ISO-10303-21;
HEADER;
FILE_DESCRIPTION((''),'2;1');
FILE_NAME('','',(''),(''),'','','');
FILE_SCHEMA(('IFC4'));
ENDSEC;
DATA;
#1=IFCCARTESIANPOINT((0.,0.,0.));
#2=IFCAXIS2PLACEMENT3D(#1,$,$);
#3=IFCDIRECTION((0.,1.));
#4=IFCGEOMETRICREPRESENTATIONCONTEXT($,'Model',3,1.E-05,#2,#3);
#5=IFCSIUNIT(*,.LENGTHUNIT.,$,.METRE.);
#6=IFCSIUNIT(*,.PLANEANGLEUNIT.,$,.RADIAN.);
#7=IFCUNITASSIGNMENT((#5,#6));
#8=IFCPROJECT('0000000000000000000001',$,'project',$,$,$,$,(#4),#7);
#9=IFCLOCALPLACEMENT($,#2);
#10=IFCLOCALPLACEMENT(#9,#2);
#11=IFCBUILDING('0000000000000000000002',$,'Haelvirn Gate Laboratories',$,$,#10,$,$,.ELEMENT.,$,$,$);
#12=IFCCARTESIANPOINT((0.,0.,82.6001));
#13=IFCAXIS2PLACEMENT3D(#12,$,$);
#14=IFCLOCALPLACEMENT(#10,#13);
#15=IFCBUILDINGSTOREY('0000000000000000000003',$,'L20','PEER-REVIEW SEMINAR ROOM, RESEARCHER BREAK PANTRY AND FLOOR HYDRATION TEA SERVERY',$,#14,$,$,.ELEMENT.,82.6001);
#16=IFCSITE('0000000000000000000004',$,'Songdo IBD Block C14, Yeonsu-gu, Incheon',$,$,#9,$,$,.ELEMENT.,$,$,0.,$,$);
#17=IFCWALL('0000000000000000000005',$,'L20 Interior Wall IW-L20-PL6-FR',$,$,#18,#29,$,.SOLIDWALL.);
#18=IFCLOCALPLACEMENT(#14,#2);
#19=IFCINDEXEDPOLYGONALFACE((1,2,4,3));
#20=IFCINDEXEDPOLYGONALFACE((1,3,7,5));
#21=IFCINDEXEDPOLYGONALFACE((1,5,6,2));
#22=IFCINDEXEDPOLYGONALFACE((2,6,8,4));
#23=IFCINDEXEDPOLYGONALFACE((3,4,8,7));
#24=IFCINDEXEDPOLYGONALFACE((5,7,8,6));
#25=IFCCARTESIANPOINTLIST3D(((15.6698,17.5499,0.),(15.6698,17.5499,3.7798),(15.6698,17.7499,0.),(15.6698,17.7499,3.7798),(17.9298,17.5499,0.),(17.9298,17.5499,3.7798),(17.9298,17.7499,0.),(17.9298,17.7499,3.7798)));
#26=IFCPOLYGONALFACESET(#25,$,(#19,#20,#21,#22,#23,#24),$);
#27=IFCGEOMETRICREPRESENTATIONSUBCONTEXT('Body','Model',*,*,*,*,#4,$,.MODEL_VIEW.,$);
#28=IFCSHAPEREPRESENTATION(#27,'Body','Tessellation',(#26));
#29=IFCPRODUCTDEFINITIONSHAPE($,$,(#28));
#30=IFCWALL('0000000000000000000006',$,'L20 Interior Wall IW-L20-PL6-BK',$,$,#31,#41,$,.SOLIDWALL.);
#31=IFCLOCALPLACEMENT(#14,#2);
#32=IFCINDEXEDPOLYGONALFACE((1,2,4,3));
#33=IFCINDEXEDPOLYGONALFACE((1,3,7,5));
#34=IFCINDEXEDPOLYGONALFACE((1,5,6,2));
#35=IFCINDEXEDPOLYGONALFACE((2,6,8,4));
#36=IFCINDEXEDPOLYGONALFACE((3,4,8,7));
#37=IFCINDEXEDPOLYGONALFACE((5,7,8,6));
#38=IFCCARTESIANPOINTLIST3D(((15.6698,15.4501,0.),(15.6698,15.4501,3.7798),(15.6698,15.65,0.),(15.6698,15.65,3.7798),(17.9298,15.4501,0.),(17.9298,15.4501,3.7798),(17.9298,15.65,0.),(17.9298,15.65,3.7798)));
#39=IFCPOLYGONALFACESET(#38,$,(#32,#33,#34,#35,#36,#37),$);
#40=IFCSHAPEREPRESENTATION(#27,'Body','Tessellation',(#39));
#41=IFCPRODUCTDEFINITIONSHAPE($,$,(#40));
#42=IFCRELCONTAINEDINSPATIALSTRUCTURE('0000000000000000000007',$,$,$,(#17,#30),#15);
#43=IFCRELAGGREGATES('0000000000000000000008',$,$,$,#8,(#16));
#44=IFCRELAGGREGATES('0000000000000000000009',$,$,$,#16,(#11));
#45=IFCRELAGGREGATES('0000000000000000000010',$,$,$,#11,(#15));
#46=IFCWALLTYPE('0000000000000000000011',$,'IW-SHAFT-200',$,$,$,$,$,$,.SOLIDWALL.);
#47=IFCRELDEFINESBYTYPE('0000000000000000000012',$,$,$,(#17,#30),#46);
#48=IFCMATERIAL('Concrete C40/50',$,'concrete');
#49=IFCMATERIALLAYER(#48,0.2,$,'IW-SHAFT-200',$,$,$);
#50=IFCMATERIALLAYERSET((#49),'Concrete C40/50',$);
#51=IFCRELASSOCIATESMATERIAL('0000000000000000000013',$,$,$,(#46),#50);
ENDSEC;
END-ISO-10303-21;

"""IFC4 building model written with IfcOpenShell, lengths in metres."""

from ifc_helpers import new_model, si_unit, direction, frame, frame_2d, origin, place, context, subcontext, project, spatial, rectangle, extrude, material, layer, layer_set, type_object, element, save


model = new_model("IFC4")

# Units and contexts
model_context = context("Model", 3, precision=1e-05, world=origin(), true_north=direction((0.0, 1.0)))
body_context = subcontext(model_context, "Body", "Model", "MODEL_VIEW")
ifc_project = project(units=[si_unit("LENGTHUNIT", "METRE"), si_unit("PLANEANGLEUNIT", "RADIAN")], contexts=[model_context])

# Site, building, storey
site_placement = place(None, origin())
site = spatial("IfcSite", under=ifc_project, at=site_placement, Name="Songdo IBD Block C14, Yeonsu-gu, Incheon", CompositionType="ELEMENT", RefElevation=0.0)
building_placement = place(site_placement, origin())
building = spatial("IfcBuilding", under=site, at=building_placement, Name="Haelvirn Gate Laboratories", CompositionType="ELEMENT")
storey_placement = place(building_placement, frame((0.0, 0.0, 82.6001)))
storey = spatial("IfcBuildingStorey", under=building, at=storey_placement, Name="L20", Description="PEER-REVIEW SEMINAR ROOM, RESEARCHER BREAK PANTRY AND FLOOR HYDRATION TEA SERVERY", CompositionType="ELEMENT", Elevation=82.6001)

# Walls
ifc_material_1 = material(Name="Concrete C40/50", Category="concrete")
ifc_layer_1 = layer(ifc_material_1, 0.2, Name="IW-SHAFT-200")
ifc_layer_set_1 = layer_set([ifc_layer_1], Name="Concrete C40/50")
wall_type_1 = type_object("IfcWallType", Name="IW-SHAFT-200", PredefinedType="SOLIDWALL", material=ifc_layer_set_1)
for number, where, z_axis, x_axis, name in (
    (1, (15.6699, 17.6499, 0.0), (0.0, 0.0, 1.0), (1.0, 0.0, 0.0), "L20 Interior Wall IW-L20-PL6-FR"),
    (2, (15.6699, 15.55, 0.0), (0.0, 0.0, 1.0), (1.0, 0.0, 0.0), "L20 Interior Wall IW-L20-PL6-BK"),
):
    element("IfcWall", number, at=place(storey_placement, frame(where, z_axis=z_axis, x_axis=x_axis)), inside=storey, type_object=wall_type_1, Name=name, PredefinedType="SOLIDWALL", context=body_context, shape_type="SweptSolid", body=[
        extrude(rectangle(XDim=2.26, YDim=0.2, at=frame_2d((1.1299, 0.0))), origin(), (0.0, 0.0, 1.0), 3.7798),
    ])

save(model, "model.ifc")
